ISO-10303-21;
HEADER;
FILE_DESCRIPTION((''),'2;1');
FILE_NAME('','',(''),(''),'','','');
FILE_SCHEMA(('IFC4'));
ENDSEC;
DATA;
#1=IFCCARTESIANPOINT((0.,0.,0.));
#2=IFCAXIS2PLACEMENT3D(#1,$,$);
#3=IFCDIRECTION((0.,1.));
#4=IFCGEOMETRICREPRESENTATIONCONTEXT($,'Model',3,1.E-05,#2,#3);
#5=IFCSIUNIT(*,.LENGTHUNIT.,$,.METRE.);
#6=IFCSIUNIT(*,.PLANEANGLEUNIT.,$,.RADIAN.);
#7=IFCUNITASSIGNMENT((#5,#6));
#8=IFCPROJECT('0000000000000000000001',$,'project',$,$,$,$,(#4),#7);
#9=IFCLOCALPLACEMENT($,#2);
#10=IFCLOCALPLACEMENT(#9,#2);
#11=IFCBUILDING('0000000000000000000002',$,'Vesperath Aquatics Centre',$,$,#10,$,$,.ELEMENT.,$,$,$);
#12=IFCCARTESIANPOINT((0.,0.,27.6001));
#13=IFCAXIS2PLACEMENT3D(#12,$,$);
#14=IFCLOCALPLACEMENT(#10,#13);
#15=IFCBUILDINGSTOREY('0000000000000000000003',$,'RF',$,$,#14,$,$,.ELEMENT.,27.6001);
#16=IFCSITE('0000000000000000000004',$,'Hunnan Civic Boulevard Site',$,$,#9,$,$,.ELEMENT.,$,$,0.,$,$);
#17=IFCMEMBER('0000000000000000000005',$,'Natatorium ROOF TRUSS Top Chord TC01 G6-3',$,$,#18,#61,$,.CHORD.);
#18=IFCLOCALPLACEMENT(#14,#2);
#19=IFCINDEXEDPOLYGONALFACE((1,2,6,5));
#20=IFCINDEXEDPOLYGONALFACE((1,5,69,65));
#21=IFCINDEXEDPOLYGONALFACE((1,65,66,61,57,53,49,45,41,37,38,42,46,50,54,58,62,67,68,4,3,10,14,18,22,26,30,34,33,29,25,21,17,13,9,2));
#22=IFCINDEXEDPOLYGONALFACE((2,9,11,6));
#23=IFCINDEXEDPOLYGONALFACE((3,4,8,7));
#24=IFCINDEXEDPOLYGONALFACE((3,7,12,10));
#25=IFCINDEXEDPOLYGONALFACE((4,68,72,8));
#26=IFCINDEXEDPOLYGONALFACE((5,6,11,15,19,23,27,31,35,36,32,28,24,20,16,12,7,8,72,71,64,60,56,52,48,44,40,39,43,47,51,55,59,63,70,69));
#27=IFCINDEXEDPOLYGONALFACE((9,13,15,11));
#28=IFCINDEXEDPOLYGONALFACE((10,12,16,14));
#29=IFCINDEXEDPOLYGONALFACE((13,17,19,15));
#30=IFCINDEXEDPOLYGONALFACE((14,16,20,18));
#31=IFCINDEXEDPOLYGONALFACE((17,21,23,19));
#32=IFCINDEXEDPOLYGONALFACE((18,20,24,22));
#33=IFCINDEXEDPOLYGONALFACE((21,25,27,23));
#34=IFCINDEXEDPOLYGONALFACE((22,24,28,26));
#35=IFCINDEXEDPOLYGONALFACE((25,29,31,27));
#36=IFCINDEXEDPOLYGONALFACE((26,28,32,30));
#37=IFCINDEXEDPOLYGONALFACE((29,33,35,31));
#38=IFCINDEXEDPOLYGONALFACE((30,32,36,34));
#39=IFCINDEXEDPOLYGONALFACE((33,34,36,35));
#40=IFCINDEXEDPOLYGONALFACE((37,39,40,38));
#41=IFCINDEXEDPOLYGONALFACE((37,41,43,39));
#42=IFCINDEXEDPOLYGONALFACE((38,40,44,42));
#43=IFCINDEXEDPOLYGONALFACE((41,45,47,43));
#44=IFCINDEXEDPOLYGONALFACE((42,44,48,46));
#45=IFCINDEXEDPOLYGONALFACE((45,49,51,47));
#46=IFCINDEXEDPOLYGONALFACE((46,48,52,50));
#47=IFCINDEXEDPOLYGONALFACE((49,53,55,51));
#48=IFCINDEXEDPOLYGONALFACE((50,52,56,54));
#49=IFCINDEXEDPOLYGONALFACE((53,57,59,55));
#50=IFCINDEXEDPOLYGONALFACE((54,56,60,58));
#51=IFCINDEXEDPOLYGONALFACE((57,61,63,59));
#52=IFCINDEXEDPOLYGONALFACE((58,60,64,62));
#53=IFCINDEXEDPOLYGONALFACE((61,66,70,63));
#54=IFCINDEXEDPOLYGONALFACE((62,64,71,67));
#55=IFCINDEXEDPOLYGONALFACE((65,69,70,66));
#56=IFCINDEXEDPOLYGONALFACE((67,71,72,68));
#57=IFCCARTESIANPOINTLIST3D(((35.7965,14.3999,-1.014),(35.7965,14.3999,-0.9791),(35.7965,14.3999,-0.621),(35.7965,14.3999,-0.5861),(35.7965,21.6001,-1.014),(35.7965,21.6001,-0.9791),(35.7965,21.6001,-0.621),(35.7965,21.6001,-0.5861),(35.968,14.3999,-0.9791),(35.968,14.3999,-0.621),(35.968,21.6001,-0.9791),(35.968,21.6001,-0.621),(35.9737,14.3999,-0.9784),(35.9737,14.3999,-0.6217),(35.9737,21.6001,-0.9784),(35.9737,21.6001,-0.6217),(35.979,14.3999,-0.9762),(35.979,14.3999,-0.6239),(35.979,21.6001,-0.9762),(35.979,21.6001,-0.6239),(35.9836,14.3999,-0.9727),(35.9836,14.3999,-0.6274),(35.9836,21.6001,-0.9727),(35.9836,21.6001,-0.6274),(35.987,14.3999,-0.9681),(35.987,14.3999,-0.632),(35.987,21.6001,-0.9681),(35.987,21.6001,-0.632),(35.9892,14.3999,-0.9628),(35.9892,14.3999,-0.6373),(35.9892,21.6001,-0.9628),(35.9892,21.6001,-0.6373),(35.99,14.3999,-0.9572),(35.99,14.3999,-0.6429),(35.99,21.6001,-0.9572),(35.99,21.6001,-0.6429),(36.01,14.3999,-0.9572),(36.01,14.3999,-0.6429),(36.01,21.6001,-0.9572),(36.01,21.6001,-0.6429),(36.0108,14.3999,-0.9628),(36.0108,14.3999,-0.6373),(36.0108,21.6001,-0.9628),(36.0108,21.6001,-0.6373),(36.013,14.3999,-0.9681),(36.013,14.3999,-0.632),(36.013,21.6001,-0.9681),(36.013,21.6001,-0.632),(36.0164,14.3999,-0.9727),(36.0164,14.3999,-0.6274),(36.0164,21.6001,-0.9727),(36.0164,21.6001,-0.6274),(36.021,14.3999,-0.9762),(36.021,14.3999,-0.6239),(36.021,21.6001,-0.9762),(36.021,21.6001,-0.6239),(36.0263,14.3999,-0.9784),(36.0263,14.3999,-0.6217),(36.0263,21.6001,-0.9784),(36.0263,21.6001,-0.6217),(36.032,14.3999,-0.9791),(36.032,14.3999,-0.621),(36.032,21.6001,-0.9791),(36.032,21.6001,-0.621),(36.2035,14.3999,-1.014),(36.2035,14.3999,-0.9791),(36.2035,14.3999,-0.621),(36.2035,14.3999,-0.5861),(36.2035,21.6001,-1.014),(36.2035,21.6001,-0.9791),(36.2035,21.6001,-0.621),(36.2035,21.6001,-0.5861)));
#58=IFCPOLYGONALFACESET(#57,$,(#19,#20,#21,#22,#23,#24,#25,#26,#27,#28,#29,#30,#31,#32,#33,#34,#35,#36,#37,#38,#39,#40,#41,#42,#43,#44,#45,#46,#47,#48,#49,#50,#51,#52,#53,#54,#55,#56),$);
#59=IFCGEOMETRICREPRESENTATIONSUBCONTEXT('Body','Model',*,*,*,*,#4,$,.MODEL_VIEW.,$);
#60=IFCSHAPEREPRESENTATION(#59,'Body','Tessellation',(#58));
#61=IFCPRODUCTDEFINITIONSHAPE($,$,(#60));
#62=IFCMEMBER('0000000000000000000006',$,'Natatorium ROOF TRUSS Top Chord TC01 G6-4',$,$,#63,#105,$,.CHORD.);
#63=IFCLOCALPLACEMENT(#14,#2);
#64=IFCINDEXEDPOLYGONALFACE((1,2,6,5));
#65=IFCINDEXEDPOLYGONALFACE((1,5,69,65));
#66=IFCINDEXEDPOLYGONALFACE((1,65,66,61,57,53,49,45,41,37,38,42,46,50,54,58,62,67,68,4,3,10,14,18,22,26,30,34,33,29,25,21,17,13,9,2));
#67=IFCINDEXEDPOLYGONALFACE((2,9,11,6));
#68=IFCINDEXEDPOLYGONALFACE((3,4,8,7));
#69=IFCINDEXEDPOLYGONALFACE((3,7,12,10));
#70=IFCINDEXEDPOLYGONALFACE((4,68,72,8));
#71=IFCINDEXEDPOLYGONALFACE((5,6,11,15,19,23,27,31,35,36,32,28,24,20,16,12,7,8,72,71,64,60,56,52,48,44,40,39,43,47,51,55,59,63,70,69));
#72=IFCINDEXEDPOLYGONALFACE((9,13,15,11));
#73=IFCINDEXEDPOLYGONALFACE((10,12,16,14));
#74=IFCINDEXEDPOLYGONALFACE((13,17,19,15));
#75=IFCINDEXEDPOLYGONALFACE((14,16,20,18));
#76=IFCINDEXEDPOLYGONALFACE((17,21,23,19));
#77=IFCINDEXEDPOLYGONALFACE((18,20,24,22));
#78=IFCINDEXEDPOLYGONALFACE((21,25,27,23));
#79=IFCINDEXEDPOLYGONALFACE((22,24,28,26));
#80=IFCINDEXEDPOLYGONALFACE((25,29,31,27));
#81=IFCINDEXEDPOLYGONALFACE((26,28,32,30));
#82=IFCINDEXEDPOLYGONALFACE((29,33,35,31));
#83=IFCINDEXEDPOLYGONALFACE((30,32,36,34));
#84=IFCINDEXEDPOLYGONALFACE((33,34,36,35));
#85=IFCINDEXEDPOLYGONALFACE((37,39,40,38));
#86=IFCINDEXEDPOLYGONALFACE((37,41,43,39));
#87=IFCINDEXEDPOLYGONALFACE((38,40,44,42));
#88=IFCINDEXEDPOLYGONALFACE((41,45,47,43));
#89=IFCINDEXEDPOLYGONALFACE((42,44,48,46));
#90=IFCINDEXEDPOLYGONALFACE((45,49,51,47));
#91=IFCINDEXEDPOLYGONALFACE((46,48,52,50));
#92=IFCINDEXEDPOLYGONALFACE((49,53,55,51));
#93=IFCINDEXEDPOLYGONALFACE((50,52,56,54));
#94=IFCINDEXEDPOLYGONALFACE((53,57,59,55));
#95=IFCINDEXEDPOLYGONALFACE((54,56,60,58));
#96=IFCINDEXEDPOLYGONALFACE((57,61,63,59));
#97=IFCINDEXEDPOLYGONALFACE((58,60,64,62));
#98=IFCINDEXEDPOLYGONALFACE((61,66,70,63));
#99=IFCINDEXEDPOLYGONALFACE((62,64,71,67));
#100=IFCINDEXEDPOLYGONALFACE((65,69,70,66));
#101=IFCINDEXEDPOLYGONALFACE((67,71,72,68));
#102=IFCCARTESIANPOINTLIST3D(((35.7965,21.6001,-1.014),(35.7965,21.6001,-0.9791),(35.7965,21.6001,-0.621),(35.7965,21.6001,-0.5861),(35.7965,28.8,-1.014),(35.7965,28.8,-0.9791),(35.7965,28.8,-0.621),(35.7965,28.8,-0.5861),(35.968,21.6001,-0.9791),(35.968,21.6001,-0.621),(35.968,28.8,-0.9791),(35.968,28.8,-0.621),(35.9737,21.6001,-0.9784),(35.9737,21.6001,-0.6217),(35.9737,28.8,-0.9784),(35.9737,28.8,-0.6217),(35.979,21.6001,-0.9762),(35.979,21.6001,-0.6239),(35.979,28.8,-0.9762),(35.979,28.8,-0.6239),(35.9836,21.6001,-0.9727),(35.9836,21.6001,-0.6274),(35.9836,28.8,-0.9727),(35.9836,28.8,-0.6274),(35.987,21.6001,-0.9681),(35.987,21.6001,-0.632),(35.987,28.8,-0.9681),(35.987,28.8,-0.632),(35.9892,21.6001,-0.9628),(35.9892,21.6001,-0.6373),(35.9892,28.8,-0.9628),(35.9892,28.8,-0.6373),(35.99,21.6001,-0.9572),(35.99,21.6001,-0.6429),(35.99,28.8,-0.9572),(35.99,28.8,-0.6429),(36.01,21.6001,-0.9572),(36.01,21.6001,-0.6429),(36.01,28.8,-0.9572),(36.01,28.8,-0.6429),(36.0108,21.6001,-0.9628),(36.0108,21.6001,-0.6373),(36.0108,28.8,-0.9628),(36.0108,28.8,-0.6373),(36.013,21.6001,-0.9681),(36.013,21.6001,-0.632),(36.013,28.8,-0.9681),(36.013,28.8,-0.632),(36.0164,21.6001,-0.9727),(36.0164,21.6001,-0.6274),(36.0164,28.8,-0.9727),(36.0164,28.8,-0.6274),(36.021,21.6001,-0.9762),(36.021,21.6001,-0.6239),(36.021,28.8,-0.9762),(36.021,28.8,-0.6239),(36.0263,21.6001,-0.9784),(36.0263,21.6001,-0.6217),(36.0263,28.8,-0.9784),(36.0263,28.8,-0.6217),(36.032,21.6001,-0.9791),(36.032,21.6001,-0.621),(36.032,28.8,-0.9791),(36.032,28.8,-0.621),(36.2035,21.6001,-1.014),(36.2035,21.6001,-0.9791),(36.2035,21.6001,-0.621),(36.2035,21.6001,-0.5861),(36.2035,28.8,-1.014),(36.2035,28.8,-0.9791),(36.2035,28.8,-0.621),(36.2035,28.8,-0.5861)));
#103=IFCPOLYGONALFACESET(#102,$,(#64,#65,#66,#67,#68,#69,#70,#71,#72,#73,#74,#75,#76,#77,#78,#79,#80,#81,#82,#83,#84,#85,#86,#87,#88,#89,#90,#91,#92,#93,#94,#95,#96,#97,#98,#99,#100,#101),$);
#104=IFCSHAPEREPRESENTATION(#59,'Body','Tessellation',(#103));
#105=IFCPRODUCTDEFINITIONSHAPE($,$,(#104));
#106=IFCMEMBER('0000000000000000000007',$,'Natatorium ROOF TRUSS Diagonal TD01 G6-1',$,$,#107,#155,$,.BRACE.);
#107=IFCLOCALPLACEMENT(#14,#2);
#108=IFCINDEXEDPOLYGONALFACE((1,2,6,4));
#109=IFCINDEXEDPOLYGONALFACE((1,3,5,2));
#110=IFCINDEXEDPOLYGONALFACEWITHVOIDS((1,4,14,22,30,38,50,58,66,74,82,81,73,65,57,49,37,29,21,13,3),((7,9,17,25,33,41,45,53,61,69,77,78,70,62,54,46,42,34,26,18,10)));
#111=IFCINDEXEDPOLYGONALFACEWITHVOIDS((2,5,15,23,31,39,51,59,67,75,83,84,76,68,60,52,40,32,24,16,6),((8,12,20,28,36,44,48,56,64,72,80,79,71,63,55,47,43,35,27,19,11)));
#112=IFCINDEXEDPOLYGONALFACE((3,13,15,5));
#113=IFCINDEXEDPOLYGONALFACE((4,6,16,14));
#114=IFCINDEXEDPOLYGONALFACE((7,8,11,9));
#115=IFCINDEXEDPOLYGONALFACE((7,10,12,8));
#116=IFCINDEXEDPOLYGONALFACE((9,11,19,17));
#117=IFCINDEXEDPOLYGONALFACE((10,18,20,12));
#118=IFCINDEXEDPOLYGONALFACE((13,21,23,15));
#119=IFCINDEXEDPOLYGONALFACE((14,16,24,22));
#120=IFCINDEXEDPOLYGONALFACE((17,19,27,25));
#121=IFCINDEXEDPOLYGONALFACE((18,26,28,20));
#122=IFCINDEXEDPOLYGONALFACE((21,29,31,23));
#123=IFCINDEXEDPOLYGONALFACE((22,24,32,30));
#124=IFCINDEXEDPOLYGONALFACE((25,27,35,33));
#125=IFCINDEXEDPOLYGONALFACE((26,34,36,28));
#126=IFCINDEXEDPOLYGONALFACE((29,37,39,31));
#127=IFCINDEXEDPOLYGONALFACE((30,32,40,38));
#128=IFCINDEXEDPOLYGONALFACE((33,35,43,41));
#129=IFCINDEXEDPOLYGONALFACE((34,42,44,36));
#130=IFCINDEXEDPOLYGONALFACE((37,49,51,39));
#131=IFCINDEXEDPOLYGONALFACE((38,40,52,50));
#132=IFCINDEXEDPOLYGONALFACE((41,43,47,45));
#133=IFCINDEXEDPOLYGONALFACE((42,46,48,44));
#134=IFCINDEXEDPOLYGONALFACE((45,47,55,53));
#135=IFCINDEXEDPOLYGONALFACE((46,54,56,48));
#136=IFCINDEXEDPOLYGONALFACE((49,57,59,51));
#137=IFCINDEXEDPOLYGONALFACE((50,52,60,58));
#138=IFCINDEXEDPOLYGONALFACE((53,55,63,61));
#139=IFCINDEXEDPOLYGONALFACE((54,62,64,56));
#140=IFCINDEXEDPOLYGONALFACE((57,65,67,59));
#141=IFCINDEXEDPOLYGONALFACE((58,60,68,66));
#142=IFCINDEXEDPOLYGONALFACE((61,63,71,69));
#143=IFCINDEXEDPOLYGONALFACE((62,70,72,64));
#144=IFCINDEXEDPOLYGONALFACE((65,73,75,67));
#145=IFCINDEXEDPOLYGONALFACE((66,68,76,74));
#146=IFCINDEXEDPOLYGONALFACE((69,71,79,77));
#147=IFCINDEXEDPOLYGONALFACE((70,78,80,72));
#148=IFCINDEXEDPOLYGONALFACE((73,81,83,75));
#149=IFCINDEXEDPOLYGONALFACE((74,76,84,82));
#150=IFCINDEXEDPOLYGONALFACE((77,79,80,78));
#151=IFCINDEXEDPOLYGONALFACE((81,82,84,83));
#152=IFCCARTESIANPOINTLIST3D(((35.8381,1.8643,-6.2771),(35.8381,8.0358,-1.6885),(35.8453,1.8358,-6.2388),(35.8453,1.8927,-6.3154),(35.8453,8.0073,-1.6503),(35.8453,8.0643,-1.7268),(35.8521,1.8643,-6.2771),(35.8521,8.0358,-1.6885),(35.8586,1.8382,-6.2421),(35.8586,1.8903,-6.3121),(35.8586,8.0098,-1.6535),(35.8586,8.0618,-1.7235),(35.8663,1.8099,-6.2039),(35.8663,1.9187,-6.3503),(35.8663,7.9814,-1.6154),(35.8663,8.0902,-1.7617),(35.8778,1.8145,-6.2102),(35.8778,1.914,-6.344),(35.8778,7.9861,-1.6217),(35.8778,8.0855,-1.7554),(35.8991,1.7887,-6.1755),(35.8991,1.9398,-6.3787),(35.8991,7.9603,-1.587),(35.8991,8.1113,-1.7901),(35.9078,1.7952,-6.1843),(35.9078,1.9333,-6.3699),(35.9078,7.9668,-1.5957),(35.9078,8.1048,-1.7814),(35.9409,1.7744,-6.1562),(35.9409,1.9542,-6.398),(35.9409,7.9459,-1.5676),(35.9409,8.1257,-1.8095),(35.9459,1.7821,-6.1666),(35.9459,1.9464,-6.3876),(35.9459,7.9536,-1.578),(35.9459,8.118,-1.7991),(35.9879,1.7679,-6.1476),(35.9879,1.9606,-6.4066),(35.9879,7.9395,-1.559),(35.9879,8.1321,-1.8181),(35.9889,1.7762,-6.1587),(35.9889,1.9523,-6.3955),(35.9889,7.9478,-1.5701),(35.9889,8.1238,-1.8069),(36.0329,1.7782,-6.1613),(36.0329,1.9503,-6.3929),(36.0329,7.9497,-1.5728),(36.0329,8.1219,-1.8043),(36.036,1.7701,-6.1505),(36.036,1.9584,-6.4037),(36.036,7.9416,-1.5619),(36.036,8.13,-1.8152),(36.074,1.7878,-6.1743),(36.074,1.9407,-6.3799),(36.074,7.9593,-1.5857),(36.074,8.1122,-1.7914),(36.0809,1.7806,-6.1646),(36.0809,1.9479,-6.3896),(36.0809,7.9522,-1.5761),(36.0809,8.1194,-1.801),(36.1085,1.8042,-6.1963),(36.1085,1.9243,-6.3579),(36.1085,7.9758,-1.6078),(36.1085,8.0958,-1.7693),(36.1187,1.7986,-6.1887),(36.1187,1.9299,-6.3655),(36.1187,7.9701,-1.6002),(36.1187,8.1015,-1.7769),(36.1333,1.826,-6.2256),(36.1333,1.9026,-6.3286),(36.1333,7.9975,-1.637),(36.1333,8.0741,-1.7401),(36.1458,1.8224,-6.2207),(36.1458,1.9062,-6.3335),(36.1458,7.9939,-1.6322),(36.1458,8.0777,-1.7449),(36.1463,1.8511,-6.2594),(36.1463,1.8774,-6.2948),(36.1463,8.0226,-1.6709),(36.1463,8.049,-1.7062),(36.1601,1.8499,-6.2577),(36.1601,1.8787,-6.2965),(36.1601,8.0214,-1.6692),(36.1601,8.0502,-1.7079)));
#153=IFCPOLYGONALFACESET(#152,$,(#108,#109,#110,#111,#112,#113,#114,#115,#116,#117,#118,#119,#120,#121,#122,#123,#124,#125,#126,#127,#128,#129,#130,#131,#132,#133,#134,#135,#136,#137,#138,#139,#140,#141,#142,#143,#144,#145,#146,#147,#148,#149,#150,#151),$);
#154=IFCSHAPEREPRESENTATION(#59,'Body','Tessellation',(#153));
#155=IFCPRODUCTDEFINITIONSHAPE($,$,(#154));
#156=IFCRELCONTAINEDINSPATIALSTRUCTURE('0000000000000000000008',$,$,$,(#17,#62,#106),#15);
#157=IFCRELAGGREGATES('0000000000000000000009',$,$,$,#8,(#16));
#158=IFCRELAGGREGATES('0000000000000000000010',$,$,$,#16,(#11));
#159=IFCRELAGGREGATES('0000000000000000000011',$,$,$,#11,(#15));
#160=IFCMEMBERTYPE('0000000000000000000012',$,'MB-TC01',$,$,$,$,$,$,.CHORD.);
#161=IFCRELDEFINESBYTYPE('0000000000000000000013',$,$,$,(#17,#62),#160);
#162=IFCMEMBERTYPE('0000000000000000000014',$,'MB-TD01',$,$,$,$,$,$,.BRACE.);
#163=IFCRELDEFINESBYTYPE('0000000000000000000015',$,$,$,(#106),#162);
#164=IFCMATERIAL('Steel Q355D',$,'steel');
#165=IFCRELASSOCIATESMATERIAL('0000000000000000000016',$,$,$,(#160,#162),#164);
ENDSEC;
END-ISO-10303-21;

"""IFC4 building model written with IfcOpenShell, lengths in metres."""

from ifc_helpers import new_model, si_unit, direction, frame, origin, origin_2d, place, context, subcontext, project, spatial, hollow_circle, i_section, extrude, material, material_profile, profile_set, type_object, element, save


model = new_model("IFC4")

# Units and contexts
model_context = context("Model", 3, precision=1e-05, world=origin(), true_north=direction((0.0, 1.0)))
body_context = subcontext(model_context, "Body", "Model", "MODEL_VIEW")
ifc_project = project(units=[si_unit("LENGTHUNIT", "METRE"), si_unit("PLANEANGLEUNIT", "RADIAN")], contexts=[model_context])

# Site, building, storey
site_placement = place(None, origin())
site = spatial("IfcSite", under=ifc_project, at=site_placement, Name="Hunnan Civic Boulevard Site", CompositionType="ELEMENT", RefElevation=0.0)
building_placement = place(site_placement, origin())
building = spatial("IfcBuilding", under=site, at=building_placement, Name="Vesperath Aquatics Centre", CompositionType="ELEMENT")
storey_placement = place(building_placement, frame((0.0, 0.0, 27.6001)))
storey = spatial("IfcBuildingStorey", under=building, at=storey_placement, Name="RF", CompositionType="ELEMENT", Elevation=27.6001)

# Members
ifc_material_1 = material(Name="Steel Q355D", Category="steel")
ifc_material_profile_1 = material_profile(ifc_material_1, i_section(OverallWidth=0.407, OverallDepth=0.428, WebThickness=0.02, FlangeThickness=0.0349, FilletRadius=0.022, at=origin_2d()), Name="HW 428x407x20x35")
ifc_profile_set_1 = profile_set([ifc_material_profile_1], Name="Steel Q355D")
member_type_1 = type_object("IfcMemberType", Name="MB-TC01", PredefinedType="CHORD", material=ifc_profile_set_1)
member_1_placement = place(storey_placement, frame((36.0, 14.3999, -0.8), z_axis=(0.0, 1.0, 0.0), x_axis=(-1.0, 0.0, 0.0)))
element("IfcMember", 1, at=member_1_placement, inside=storey, type_object=member_type_1, Name="Natatorium ROOF TRUSS Top Chord TC01 G6-3", PredefinedType="CHORD", context=body_context, shape_type="SweptSolid", body=[
    extrude(i_section(OverallWidth=0.407, OverallDepth=0.428, WebThickness=0.02, FlangeThickness=0.0349, FilletRadius=0.022, at=origin_2d()), origin(), (0.0, 0.0, 1.0), 7.2002),
])
member_2_placement = place(storey_placement, frame((36.0, 21.6001, -0.8), z_axis=(0.0, 1.0, 0.0), x_axis=(-1.0, 0.0, 0.0)))
element("IfcMember", 2, at=member_2_placement, inside=storey, type_object=member_type_1, Name="Natatorium ROOF TRUSS Top Chord TC01 G6-4", PredefinedType="CHORD", context=body_context, shape_type="SweptSolid", body=[
    extrude(i_section(OverallWidth=0.407, OverallDepth=0.428, WebThickness=0.02, FlangeThickness=0.0349, FilletRadius=0.022, at=origin_2d()), origin(), (0.0, 0.0, 1.0), 7.2),
])
ifc_material_profile_2 = material_profile(ifc_material_1, hollow_circle(Radius=0.1619, WallThickness=0.0139, at=origin_2d()), Name="CHS 323.9x14")
ifc_profile_set_2 = profile_set([ifc_material_profile_2], Name="Steel Q355D")
member_type_2 = type_object("IfcMemberType", Name="MB-TD01", PredefinedType="BRACE", material=ifc_profile_set_2)
member_3_placement = place(storey_placement, frame((36.0, 1.8643, -6.2771), z_axis=(0.0, 0.802496, 0.596658), x_axis=(-1.0, 0.0, 0.0)))
element("IfcMember", 3, at=member_3_placement, inside=storey, type_object=member_type_2, Name="Natatorium ROOF TRUSS Diagonal TD01 G6-1", PredefinedType="BRACE", context=body_context, shape_type="SweptSolid", body=[
    extrude(hollow_circle(Radius=0.1619, WallThickness=0.0139, at=origin_2d()), origin(), (0.0, 0.0, 1.0), 7.6904),
])

save(model, "model.ifc")
